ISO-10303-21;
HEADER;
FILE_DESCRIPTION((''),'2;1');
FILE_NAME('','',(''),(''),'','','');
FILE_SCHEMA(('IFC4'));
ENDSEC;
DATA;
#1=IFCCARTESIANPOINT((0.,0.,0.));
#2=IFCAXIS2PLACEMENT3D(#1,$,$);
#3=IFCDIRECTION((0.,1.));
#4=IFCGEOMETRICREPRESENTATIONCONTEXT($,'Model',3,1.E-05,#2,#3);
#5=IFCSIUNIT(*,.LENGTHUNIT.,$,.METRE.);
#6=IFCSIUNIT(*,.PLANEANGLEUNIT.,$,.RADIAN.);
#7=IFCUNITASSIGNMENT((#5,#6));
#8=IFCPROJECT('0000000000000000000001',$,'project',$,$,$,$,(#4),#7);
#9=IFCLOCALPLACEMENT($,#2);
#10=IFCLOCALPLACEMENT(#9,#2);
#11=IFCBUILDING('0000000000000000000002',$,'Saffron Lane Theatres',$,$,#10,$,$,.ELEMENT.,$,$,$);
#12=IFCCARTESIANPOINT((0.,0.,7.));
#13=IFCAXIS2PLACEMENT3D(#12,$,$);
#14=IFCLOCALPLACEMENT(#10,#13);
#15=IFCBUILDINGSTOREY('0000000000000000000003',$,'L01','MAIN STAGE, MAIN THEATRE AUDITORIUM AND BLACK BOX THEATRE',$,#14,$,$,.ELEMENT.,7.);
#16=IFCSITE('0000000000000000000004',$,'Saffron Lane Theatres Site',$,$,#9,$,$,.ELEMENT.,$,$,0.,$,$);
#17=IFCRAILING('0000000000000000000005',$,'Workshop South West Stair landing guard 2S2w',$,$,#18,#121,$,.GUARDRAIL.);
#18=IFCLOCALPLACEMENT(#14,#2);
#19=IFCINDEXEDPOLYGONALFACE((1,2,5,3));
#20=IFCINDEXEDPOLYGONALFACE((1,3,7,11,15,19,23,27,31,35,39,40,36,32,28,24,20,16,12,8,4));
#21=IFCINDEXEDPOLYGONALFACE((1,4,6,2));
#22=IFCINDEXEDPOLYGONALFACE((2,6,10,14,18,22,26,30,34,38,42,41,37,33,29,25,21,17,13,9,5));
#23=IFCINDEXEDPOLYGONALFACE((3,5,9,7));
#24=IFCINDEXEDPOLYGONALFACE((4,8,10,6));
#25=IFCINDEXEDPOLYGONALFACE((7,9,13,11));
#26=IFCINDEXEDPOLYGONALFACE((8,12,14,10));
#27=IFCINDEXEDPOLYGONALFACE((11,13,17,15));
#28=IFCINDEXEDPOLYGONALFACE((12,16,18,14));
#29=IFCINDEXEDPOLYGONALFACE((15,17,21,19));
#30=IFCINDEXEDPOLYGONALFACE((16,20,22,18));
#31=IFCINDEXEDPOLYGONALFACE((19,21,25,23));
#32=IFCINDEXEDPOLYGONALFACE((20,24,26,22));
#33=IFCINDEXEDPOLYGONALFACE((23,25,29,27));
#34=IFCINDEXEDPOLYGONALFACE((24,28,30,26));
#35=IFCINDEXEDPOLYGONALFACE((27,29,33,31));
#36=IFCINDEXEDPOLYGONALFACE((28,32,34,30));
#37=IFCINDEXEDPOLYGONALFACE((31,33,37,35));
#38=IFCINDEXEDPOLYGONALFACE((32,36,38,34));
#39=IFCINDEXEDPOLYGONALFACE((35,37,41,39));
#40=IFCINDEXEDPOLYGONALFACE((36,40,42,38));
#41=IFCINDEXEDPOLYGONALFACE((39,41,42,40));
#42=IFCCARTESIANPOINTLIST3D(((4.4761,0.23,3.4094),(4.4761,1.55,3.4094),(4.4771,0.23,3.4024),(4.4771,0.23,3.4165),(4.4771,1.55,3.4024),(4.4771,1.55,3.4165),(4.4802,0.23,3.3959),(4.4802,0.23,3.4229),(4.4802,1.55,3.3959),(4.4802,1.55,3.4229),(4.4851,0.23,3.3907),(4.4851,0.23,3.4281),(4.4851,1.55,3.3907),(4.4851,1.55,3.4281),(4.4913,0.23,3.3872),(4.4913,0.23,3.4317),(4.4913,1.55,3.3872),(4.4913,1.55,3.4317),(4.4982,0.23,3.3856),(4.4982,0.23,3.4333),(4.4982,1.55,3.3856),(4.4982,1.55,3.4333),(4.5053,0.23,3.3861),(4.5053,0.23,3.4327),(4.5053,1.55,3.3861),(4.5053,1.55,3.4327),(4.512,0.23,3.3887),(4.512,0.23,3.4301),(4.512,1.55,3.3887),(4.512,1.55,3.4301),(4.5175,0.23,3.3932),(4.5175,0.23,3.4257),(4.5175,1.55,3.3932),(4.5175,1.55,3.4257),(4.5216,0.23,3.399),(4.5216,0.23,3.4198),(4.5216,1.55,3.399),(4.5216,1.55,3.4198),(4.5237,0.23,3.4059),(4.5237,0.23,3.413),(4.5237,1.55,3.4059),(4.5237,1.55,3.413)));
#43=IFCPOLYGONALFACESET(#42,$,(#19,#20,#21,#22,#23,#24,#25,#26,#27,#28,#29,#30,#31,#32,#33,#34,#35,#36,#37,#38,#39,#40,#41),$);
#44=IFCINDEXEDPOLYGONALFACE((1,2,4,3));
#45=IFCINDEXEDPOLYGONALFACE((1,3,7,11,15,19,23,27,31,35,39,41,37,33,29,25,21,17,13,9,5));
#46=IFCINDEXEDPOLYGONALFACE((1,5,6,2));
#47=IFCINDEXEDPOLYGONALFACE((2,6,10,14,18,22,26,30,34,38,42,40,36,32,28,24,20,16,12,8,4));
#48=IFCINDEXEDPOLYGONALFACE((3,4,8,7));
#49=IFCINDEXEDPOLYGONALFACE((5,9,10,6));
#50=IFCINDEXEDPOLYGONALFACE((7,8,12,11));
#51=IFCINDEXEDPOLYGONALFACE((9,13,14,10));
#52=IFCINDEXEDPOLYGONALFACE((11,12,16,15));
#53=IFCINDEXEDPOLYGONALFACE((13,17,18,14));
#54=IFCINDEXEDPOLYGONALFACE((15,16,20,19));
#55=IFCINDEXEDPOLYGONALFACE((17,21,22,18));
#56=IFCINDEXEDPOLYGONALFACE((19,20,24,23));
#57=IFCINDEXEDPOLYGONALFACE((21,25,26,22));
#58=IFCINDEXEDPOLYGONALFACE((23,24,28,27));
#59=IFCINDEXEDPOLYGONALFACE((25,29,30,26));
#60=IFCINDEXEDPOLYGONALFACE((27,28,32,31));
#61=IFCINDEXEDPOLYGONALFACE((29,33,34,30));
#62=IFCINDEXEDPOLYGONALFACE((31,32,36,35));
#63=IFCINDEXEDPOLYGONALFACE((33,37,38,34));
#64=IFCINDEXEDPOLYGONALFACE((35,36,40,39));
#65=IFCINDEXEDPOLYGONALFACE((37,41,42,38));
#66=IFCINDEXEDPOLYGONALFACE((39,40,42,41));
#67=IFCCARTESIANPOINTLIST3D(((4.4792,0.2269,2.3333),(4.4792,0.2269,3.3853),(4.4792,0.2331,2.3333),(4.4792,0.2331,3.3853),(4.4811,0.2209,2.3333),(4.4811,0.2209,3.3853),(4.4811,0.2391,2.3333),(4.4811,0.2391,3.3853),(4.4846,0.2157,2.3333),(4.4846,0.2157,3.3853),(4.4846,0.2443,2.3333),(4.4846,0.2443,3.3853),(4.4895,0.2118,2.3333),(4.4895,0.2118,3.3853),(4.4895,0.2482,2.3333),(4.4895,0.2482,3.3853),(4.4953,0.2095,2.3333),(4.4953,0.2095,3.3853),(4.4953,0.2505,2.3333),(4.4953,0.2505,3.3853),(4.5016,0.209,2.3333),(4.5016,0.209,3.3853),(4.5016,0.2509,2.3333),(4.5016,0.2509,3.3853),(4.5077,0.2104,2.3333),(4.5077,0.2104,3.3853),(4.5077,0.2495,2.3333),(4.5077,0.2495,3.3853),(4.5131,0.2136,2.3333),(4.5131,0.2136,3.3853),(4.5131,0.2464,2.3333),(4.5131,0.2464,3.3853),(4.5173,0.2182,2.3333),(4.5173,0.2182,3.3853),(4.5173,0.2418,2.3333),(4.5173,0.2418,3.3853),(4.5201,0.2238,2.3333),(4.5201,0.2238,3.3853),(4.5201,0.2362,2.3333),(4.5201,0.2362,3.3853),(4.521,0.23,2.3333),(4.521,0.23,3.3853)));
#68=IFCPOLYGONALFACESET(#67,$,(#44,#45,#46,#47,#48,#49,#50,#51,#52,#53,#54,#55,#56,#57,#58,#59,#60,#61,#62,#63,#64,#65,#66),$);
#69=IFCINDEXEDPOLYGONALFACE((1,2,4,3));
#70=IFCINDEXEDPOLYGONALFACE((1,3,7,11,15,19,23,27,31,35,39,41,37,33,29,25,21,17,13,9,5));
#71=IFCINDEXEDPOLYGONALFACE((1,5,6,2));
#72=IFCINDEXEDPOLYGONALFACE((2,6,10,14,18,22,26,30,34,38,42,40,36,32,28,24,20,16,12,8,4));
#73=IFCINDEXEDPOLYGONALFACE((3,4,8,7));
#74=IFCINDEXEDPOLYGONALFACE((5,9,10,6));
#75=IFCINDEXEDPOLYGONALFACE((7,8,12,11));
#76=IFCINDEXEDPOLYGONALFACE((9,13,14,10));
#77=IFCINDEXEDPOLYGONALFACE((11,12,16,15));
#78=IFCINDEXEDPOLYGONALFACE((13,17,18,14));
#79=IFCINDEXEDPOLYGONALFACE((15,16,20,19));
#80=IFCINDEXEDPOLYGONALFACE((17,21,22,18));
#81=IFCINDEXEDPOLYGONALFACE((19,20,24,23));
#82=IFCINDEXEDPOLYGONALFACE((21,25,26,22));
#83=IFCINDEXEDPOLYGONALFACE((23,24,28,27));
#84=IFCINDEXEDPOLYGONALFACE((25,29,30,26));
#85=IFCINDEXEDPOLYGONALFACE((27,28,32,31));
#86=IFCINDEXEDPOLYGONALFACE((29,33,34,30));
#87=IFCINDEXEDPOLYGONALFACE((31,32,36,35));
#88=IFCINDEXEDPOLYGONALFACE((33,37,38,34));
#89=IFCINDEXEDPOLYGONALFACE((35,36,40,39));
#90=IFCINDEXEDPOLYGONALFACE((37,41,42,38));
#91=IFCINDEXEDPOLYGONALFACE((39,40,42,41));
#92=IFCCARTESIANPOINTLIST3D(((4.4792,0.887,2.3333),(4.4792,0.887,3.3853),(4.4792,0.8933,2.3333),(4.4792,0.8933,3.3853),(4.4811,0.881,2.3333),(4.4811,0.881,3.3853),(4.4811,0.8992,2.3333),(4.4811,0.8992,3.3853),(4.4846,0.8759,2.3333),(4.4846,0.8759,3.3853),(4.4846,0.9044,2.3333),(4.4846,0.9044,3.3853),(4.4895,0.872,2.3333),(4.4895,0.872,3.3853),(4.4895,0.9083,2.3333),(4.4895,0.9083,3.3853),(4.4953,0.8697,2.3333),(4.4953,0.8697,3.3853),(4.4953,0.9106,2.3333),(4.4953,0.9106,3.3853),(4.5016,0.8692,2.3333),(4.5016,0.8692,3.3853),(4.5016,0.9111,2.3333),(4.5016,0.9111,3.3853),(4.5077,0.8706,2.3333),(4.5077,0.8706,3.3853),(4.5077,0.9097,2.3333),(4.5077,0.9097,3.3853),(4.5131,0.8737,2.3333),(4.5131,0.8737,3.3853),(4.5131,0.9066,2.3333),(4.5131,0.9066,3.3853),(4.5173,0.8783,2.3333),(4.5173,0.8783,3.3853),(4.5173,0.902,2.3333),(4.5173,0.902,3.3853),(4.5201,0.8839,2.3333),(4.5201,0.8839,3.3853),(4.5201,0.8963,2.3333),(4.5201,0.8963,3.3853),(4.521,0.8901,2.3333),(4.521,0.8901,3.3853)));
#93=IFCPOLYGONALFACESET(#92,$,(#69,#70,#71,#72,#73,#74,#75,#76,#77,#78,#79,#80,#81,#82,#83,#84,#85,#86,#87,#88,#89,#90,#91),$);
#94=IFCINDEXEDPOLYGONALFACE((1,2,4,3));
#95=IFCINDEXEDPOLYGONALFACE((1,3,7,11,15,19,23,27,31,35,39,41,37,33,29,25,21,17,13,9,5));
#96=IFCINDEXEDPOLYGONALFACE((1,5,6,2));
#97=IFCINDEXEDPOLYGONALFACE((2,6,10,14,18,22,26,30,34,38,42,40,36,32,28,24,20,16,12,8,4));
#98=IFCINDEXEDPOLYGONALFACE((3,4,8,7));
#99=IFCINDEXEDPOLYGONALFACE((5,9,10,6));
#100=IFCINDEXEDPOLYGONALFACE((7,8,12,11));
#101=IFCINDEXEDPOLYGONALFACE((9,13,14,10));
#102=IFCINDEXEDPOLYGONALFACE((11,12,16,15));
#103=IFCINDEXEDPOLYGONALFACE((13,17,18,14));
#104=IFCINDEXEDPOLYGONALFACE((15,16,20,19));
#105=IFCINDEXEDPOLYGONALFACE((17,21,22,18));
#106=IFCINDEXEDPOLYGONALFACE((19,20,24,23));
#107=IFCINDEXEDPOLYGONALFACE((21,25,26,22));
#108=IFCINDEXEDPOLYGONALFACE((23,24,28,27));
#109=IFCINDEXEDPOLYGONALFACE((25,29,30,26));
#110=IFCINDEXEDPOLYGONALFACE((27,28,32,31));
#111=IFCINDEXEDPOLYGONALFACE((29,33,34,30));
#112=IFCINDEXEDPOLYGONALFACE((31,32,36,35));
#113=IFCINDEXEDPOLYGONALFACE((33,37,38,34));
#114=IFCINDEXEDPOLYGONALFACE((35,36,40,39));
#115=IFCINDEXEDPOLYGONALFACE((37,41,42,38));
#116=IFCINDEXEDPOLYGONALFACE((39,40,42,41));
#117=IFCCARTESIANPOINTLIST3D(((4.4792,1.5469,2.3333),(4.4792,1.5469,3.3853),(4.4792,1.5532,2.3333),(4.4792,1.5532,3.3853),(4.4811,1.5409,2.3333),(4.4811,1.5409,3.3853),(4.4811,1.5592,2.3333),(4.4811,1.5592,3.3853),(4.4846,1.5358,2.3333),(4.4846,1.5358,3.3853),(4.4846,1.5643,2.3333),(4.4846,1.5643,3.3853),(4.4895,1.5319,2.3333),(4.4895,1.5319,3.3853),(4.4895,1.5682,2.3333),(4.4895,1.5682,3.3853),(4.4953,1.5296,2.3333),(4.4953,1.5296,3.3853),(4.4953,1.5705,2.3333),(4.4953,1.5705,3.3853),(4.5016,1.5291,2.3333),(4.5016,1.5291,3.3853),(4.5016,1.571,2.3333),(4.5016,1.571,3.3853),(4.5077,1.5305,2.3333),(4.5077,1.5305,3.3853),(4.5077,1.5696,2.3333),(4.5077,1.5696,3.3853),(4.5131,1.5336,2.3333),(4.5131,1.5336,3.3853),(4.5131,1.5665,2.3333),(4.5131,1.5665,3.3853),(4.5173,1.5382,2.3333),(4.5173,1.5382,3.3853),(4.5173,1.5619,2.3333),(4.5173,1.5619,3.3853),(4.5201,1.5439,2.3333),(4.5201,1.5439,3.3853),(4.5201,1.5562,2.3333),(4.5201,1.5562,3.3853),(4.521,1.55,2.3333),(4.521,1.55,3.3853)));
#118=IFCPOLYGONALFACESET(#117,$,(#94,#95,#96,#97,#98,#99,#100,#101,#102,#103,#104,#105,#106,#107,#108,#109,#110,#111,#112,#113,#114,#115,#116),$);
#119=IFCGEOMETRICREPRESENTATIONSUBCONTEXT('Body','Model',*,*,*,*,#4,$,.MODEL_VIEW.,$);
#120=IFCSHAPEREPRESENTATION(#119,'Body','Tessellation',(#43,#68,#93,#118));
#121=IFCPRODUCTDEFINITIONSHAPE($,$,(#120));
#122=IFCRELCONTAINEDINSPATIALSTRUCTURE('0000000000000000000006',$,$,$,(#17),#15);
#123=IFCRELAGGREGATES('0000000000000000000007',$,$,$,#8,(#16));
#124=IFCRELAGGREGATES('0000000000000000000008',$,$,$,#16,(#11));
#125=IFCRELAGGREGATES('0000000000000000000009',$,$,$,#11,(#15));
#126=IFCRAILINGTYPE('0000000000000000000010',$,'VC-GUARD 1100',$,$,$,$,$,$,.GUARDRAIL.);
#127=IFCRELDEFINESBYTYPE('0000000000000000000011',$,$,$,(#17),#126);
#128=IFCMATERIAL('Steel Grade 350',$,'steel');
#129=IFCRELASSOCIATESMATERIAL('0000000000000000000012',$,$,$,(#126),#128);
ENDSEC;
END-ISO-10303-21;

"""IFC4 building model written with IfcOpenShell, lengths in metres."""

from ifc_helpers import new_model, si_unit, direction, frame, origin, origin_2d, place, context, subcontext, project, spatial, circle, extrude, material, type_object, element, save


model = new_model("IFC4")

# Units and contexts
model_context = context("Model", 3, precision=1e-05, world=origin(), true_north=direction((0.0, 1.0)))
body_context = subcontext(model_context, "Body", "Model", "MODEL_VIEW")
ifc_project = project(units=[si_unit("LENGTHUNIT", "METRE"), si_unit("PLANEANGLEUNIT", "RADIAN")], contexts=[model_context])

# Site, building, storey
site_placement = place(None, origin())
site = spatial("IfcSite", under=ifc_project, at=site_placement, Name="Saffron Lane Theatres Site", CompositionType="ELEMENT", RefElevation=0.0)
building_placement = place(site_placement, origin())
building = spatial("IfcBuilding", under=site, at=building_placement, Name="Saffron Lane Theatres", CompositionType="ELEMENT")
storey_placement = place(building_placement, frame((0.0, 0.0, 7.0)))
storey = spatial("IfcBuildingStorey", under=building, at=storey_placement, Name="L01", Description="MAIN STAGE, MAIN THEATRE AUDITORIUM AND BLACK BOX THEATRE", CompositionType="ELEMENT", Elevation=7.0)

# Railing
ifc_material_1 = material(Name="Steel Grade 350", Category="steel")
railing_type_1 = type_object("IfcRailingType", Name="VC-GUARD 1100", PredefinedType="GUARDRAIL", material=ifc_material_1)
railing_1_placement = place(storey_placement, frame((4.5, 0.23, 2.3333)))
element("IfcRailing", 1, at=railing_1_placement, inside=storey, type_object=railing_type_1, Name="Workshop South West Stair landing guard 2S2w", PredefinedType="GUARDRAIL", context=body_context, shape_type="SweptSolid", body=[
    extrude(circle(Radius=0.0239, at=origin_2d()), frame((0.0, 0.0, 1.0762), z_axis=(0.0, 1.0, 0.0), x_axis=(-1.0, 0.0, 0.0)), (0.0, 0.0, 1.0), 1.3201),
    extrude(circle(Radius=0.021, at=origin_2d()), origin(), (0.0, 0.0, 1.0), 1.052),
    extrude(circle(Radius=0.021, at=origin_2d()), frame((0.0, 0.6602, 0.0)), (0.0, 0.0, 1.0), 1.052),
    extrude(circle(Radius=0.021, at=origin_2d()), frame((0.0, 1.3201, 0.0)), (0.0, 0.0, 1.0), 1.052),
])

save(model, "model.ifc")
